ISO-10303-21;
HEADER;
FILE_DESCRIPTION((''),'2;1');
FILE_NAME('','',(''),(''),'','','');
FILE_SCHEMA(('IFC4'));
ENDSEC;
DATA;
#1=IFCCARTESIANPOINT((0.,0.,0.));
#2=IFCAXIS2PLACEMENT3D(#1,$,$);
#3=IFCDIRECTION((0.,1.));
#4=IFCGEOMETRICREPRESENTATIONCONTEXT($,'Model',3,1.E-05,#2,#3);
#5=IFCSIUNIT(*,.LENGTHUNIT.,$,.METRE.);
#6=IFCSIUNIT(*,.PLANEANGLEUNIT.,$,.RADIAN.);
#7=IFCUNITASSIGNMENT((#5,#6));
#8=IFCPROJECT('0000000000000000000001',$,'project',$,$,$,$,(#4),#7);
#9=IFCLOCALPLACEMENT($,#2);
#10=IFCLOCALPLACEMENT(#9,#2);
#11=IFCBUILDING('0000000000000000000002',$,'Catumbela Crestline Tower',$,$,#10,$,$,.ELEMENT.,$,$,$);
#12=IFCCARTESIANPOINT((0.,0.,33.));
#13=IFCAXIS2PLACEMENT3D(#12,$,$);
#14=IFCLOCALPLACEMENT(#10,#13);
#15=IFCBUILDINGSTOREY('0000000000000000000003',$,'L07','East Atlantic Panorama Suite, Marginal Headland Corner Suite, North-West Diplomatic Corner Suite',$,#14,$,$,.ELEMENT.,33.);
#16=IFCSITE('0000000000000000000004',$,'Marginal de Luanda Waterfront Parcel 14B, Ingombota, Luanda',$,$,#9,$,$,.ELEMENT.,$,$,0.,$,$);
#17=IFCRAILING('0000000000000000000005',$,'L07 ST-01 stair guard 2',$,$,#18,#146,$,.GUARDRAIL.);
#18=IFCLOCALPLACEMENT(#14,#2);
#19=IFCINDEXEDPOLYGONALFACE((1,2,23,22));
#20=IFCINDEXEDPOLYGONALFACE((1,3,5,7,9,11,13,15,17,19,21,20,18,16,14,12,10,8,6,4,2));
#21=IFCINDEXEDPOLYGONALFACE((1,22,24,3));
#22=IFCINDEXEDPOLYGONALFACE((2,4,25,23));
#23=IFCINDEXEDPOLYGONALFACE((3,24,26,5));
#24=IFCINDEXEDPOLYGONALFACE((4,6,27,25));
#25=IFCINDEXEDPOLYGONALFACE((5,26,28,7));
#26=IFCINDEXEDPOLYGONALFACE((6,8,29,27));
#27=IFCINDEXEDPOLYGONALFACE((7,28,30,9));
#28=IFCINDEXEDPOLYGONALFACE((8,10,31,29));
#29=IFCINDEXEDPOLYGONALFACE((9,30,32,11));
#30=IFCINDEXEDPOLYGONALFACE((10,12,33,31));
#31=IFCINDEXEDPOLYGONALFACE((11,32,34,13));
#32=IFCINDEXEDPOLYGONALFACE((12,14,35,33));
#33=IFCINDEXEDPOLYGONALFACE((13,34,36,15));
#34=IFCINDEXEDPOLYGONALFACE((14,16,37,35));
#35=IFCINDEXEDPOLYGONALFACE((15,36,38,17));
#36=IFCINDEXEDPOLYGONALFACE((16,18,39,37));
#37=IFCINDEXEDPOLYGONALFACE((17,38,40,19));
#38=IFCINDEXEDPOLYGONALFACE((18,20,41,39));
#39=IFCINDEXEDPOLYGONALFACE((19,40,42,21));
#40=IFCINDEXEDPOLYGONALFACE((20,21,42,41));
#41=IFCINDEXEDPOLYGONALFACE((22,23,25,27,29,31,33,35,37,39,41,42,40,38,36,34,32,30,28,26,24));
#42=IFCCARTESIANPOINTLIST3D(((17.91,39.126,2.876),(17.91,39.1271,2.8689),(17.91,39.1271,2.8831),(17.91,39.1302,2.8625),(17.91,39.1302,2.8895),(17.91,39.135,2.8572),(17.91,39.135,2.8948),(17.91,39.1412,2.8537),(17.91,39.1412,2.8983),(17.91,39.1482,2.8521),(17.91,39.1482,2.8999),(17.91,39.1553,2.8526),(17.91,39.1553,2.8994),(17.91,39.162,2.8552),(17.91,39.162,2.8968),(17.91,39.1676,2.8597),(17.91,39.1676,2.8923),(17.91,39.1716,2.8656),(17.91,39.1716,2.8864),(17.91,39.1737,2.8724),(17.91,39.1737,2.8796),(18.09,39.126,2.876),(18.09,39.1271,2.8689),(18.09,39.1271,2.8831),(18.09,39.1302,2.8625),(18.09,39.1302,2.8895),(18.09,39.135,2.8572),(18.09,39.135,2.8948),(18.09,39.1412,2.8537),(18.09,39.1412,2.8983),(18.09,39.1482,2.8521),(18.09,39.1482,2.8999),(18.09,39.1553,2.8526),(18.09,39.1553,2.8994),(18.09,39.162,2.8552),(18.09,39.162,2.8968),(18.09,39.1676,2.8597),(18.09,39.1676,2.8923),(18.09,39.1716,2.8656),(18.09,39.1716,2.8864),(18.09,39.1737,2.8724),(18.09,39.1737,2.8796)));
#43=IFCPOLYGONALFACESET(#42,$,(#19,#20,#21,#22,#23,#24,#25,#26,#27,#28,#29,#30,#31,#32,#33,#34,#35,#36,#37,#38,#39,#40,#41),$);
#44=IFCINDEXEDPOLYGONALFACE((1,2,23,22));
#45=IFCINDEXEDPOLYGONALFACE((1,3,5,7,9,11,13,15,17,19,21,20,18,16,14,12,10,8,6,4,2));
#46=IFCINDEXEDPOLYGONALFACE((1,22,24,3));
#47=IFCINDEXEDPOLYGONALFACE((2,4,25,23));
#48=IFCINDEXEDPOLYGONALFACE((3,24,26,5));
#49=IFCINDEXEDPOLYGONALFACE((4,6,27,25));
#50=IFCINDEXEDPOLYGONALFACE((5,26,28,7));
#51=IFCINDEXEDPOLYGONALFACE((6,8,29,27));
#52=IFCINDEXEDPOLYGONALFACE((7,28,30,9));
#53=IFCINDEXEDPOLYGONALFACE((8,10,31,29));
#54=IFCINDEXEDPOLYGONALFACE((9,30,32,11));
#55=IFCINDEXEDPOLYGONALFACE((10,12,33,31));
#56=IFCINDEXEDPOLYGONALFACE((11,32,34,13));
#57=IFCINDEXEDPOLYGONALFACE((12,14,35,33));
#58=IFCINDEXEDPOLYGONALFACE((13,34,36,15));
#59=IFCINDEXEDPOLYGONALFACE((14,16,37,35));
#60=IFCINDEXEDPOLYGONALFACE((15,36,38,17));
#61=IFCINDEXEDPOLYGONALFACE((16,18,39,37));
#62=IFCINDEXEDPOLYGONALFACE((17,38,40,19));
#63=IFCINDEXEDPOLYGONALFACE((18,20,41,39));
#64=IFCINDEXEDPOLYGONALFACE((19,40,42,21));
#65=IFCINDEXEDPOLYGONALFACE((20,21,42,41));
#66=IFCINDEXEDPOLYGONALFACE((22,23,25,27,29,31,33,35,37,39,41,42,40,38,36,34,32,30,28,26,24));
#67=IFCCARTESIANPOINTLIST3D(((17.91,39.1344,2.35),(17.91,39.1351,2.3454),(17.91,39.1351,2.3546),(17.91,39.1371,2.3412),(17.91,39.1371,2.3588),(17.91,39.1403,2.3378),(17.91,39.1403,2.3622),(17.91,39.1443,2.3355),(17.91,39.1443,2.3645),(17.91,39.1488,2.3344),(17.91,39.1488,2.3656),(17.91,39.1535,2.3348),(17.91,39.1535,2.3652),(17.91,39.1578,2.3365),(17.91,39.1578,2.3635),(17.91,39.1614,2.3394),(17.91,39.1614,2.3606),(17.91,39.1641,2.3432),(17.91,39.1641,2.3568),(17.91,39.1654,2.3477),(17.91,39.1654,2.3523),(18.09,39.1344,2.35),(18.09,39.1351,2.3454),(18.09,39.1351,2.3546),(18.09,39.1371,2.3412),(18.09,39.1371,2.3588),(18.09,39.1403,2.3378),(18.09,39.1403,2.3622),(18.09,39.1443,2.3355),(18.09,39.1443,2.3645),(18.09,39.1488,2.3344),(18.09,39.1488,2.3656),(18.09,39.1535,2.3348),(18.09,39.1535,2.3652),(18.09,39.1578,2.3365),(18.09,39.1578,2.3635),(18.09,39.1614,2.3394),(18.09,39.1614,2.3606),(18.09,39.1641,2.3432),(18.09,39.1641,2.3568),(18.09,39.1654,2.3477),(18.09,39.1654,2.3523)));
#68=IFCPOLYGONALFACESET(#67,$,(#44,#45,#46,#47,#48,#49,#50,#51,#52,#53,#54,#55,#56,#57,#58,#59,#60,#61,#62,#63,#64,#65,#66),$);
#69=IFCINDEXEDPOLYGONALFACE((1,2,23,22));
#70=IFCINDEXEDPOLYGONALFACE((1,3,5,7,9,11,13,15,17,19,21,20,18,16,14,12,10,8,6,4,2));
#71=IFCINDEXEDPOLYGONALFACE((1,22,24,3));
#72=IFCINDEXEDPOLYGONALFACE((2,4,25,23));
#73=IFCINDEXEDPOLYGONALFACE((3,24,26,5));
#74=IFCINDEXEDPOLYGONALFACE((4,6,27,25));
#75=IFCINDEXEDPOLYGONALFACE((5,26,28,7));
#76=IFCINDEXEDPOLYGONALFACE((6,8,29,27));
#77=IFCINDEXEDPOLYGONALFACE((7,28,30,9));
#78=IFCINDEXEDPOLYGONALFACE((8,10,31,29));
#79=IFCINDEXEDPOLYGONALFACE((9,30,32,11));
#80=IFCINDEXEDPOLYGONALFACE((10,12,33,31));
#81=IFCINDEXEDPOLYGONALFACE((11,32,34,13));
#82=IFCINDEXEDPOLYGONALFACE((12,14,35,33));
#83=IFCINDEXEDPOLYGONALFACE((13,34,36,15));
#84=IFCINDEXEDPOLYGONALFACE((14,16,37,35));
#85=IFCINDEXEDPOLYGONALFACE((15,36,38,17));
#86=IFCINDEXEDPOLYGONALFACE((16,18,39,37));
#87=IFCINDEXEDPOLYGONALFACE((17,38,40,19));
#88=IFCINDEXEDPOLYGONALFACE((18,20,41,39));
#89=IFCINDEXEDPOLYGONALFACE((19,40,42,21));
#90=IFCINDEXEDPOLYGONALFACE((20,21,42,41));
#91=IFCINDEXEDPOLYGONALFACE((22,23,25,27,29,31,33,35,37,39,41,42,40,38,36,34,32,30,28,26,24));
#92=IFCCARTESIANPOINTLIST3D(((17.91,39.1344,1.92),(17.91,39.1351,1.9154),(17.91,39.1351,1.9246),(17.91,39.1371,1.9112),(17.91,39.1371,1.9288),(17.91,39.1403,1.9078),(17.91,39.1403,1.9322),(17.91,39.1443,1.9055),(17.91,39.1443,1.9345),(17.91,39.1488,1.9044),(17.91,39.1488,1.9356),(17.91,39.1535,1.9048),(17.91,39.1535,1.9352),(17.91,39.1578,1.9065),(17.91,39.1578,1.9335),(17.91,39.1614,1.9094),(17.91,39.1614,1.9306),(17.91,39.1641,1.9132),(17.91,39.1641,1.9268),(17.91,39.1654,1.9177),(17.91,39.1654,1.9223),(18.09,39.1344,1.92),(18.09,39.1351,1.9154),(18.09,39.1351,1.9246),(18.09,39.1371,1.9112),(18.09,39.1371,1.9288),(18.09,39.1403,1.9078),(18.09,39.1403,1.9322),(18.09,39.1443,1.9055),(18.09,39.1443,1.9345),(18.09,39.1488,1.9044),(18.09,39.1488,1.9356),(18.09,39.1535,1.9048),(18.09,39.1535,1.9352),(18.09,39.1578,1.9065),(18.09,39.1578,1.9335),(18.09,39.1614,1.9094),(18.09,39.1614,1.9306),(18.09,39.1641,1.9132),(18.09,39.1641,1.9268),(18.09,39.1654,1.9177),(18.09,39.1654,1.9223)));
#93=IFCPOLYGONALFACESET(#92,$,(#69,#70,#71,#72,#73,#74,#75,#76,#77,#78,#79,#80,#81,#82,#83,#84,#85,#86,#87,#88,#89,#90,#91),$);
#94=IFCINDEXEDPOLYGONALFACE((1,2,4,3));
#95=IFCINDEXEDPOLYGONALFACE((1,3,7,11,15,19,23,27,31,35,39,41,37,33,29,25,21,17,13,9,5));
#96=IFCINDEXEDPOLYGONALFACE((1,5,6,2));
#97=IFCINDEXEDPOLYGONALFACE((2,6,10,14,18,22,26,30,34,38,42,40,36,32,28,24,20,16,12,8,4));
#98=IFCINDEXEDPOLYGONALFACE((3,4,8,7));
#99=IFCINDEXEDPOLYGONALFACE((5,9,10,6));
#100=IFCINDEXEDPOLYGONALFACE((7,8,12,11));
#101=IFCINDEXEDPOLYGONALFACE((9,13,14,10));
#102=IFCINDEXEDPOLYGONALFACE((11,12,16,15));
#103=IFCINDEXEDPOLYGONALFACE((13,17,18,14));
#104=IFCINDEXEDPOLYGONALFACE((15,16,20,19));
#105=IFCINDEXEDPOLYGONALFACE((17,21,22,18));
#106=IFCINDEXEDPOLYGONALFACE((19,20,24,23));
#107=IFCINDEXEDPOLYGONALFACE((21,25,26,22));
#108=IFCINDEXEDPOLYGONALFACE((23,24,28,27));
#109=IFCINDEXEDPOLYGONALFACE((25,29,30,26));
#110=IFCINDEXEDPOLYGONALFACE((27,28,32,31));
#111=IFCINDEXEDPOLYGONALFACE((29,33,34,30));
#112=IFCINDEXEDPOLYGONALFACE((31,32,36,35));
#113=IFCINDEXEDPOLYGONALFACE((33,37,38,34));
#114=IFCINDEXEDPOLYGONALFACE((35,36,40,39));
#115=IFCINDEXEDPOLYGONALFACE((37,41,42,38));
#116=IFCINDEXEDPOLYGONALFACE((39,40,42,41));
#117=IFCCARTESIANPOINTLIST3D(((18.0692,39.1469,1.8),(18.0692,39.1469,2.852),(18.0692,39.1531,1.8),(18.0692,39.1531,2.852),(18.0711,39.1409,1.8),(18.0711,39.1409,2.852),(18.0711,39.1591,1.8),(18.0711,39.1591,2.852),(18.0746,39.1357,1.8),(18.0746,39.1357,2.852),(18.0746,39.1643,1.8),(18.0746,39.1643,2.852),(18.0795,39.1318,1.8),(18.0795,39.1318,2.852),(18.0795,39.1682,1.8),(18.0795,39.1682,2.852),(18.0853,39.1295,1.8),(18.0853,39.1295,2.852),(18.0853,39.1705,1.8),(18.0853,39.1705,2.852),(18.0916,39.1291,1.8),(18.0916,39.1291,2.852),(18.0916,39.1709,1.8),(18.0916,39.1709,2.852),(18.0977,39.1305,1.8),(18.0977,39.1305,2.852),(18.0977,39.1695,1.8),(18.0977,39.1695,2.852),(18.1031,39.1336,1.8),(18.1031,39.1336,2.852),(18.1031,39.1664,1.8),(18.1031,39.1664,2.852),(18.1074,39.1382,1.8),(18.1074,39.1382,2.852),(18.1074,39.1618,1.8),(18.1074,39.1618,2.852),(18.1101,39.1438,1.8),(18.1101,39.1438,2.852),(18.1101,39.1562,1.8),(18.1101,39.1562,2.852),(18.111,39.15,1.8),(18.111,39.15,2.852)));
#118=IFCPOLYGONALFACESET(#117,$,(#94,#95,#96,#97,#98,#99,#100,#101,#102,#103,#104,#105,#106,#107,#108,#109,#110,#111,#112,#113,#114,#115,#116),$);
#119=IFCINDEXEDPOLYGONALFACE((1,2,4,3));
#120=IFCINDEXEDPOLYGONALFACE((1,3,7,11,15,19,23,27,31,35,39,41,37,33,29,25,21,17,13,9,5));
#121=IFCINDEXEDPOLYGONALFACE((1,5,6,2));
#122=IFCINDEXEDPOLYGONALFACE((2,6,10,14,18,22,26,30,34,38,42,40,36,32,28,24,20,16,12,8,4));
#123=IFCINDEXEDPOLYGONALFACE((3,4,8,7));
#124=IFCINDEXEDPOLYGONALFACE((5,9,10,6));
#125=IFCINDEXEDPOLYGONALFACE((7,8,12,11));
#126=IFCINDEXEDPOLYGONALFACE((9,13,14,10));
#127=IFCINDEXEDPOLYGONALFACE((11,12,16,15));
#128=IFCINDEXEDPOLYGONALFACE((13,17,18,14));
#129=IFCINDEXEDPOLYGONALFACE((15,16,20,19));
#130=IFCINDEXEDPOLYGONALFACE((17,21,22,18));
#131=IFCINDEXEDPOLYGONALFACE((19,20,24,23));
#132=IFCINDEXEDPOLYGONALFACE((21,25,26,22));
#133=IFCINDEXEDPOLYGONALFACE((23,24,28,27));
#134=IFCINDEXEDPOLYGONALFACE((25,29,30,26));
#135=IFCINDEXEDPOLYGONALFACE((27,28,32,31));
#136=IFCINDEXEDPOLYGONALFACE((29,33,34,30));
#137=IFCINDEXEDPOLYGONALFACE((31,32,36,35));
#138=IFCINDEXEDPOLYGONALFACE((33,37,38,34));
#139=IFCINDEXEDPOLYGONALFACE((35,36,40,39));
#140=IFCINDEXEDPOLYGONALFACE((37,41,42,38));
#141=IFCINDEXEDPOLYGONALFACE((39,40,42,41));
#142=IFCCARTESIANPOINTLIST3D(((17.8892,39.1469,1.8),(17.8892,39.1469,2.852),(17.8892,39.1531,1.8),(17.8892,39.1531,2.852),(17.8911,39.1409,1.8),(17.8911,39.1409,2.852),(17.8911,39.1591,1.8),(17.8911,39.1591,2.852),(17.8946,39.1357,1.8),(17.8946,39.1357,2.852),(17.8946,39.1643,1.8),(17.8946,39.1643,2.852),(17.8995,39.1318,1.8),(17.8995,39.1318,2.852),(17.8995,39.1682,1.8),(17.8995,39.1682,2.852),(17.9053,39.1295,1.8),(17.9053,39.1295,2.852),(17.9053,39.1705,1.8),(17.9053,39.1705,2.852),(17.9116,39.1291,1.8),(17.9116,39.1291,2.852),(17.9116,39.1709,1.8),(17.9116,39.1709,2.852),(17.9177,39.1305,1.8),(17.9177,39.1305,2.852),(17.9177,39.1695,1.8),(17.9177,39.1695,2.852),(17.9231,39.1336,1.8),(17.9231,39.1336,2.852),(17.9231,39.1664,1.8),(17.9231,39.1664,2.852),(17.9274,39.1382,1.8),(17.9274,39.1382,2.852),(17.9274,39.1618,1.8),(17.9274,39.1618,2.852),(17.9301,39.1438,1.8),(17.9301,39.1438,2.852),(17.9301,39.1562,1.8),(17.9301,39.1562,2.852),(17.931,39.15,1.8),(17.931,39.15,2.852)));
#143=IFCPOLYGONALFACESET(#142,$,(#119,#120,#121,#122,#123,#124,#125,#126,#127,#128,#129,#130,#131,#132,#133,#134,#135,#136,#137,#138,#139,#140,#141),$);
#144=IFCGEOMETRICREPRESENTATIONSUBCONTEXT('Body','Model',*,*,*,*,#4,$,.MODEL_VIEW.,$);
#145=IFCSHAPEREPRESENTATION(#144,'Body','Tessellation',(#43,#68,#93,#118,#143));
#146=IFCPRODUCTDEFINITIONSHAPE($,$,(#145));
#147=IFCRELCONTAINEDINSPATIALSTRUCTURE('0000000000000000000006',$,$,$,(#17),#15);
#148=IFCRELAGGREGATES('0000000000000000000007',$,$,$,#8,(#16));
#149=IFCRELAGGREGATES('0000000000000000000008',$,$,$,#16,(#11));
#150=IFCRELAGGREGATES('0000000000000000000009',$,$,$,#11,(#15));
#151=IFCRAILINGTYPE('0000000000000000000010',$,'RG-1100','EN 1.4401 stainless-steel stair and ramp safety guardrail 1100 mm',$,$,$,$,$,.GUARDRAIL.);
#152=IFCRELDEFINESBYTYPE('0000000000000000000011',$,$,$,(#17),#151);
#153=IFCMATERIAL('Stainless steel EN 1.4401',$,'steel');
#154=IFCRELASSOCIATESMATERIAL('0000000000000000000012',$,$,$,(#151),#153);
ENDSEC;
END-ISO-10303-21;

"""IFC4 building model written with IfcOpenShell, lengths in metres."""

from ifc_helpers import new_model, si_unit, direction, frame, origin, origin_2d, place, context, subcontext, project, spatial, circle, extrude, material, type_object, element, save


model = new_model("IFC4")

# Units and contexts
model_context = context("Model", 3, precision=1e-05, world=origin(), true_north=direction((0.0, 1.0)))
body_context = subcontext(model_context, "Body", "Model", "MODEL_VIEW")
ifc_project = project(units=[si_unit("LENGTHUNIT", "METRE"), si_unit("PLANEANGLEUNIT", "RADIAN")], contexts=[model_context])

# Site, building, storey
site_placement = place(None, origin())
site = spatial("IfcSite", under=ifc_project, at=site_placement, Name="Marginal de Luanda Waterfront Parcel 14B, Ingombota, Luanda", CompositionType="ELEMENT", RefElevation=0.0)
building_placement = place(site_placement, origin())
building = spatial("IfcBuilding", under=site, at=building_placement, Name="Catumbela Crestline Tower", CompositionType="ELEMENT")
storey_placement = place(building_placement, frame((0.0, 0.0, 33.0)))
storey = spatial("IfcBuildingStorey", under=building, at=storey_placement, Name="L07", Description="East Atlantic Panorama Suite, Marginal Headland Corner Suite, North-West Diplomatic Corner Suite", CompositionType="ELEMENT", Elevation=33.0)

# Shared definitions
ifc_material_1 = material(Name="Stainless steel EN 1.4401", Category="steel")

# Railing
railing_type_1 = type_object("IfcRailingType", Name="RG-1100", Description="EN 1.4401 stainless-steel stair and ramp safety guardrail 1100 mm", PredefinedType="GUARDRAIL", material=ifc_material_1)
railing_1_placement = place(storey_placement, frame((18.09, 39.15, 1.8)))
element("IfcRailing", 1, at=railing_1_placement, inside=storey, type_object=railing_type_1, Name="L07 ST-01 stair guard 2", PredefinedType="GUARDRAIL", context=body_context, shape_type="SweptSolid", body=[
    extrude(circle(Radius=0.024, at=origin_2d()), frame((0.0, 0.0, 1.076), z_axis=(-1.0, 0.0, 0.0), x_axis=(0.0, -1.0, 0.0)), (0.0, 0.0, 1.0), 0.18),
    extrude(circle(Radius=0.0156, at=origin_2d()), frame((0.0, 0.0, 0.55), z_axis=(-1.0, 0.0, 0.0), x_axis=(0.0, -1.0, 0.0)), (0.0, 0.0, 1.0), 0.18),
    extrude(circle(Radius=0.0156, at=origin_2d()), frame((0.0, 0.0, 0.12), z_axis=(-1.0, 0.0, 0.0), x_axis=(0.0, -1.0, 0.0)), (0.0, 0.0, 1.0), 0.18),
    extrude(circle(Radius=0.021, at=origin_2d()), origin(), (0.0, 0.0, 1.0), 1.052),
    extrude(circle(Radius=0.021, at=origin_2d()), frame((-0.18, 0.0, 0.0)), (0.0, 0.0, 1.0), 1.052),
])

save(model, "model.ifc")
